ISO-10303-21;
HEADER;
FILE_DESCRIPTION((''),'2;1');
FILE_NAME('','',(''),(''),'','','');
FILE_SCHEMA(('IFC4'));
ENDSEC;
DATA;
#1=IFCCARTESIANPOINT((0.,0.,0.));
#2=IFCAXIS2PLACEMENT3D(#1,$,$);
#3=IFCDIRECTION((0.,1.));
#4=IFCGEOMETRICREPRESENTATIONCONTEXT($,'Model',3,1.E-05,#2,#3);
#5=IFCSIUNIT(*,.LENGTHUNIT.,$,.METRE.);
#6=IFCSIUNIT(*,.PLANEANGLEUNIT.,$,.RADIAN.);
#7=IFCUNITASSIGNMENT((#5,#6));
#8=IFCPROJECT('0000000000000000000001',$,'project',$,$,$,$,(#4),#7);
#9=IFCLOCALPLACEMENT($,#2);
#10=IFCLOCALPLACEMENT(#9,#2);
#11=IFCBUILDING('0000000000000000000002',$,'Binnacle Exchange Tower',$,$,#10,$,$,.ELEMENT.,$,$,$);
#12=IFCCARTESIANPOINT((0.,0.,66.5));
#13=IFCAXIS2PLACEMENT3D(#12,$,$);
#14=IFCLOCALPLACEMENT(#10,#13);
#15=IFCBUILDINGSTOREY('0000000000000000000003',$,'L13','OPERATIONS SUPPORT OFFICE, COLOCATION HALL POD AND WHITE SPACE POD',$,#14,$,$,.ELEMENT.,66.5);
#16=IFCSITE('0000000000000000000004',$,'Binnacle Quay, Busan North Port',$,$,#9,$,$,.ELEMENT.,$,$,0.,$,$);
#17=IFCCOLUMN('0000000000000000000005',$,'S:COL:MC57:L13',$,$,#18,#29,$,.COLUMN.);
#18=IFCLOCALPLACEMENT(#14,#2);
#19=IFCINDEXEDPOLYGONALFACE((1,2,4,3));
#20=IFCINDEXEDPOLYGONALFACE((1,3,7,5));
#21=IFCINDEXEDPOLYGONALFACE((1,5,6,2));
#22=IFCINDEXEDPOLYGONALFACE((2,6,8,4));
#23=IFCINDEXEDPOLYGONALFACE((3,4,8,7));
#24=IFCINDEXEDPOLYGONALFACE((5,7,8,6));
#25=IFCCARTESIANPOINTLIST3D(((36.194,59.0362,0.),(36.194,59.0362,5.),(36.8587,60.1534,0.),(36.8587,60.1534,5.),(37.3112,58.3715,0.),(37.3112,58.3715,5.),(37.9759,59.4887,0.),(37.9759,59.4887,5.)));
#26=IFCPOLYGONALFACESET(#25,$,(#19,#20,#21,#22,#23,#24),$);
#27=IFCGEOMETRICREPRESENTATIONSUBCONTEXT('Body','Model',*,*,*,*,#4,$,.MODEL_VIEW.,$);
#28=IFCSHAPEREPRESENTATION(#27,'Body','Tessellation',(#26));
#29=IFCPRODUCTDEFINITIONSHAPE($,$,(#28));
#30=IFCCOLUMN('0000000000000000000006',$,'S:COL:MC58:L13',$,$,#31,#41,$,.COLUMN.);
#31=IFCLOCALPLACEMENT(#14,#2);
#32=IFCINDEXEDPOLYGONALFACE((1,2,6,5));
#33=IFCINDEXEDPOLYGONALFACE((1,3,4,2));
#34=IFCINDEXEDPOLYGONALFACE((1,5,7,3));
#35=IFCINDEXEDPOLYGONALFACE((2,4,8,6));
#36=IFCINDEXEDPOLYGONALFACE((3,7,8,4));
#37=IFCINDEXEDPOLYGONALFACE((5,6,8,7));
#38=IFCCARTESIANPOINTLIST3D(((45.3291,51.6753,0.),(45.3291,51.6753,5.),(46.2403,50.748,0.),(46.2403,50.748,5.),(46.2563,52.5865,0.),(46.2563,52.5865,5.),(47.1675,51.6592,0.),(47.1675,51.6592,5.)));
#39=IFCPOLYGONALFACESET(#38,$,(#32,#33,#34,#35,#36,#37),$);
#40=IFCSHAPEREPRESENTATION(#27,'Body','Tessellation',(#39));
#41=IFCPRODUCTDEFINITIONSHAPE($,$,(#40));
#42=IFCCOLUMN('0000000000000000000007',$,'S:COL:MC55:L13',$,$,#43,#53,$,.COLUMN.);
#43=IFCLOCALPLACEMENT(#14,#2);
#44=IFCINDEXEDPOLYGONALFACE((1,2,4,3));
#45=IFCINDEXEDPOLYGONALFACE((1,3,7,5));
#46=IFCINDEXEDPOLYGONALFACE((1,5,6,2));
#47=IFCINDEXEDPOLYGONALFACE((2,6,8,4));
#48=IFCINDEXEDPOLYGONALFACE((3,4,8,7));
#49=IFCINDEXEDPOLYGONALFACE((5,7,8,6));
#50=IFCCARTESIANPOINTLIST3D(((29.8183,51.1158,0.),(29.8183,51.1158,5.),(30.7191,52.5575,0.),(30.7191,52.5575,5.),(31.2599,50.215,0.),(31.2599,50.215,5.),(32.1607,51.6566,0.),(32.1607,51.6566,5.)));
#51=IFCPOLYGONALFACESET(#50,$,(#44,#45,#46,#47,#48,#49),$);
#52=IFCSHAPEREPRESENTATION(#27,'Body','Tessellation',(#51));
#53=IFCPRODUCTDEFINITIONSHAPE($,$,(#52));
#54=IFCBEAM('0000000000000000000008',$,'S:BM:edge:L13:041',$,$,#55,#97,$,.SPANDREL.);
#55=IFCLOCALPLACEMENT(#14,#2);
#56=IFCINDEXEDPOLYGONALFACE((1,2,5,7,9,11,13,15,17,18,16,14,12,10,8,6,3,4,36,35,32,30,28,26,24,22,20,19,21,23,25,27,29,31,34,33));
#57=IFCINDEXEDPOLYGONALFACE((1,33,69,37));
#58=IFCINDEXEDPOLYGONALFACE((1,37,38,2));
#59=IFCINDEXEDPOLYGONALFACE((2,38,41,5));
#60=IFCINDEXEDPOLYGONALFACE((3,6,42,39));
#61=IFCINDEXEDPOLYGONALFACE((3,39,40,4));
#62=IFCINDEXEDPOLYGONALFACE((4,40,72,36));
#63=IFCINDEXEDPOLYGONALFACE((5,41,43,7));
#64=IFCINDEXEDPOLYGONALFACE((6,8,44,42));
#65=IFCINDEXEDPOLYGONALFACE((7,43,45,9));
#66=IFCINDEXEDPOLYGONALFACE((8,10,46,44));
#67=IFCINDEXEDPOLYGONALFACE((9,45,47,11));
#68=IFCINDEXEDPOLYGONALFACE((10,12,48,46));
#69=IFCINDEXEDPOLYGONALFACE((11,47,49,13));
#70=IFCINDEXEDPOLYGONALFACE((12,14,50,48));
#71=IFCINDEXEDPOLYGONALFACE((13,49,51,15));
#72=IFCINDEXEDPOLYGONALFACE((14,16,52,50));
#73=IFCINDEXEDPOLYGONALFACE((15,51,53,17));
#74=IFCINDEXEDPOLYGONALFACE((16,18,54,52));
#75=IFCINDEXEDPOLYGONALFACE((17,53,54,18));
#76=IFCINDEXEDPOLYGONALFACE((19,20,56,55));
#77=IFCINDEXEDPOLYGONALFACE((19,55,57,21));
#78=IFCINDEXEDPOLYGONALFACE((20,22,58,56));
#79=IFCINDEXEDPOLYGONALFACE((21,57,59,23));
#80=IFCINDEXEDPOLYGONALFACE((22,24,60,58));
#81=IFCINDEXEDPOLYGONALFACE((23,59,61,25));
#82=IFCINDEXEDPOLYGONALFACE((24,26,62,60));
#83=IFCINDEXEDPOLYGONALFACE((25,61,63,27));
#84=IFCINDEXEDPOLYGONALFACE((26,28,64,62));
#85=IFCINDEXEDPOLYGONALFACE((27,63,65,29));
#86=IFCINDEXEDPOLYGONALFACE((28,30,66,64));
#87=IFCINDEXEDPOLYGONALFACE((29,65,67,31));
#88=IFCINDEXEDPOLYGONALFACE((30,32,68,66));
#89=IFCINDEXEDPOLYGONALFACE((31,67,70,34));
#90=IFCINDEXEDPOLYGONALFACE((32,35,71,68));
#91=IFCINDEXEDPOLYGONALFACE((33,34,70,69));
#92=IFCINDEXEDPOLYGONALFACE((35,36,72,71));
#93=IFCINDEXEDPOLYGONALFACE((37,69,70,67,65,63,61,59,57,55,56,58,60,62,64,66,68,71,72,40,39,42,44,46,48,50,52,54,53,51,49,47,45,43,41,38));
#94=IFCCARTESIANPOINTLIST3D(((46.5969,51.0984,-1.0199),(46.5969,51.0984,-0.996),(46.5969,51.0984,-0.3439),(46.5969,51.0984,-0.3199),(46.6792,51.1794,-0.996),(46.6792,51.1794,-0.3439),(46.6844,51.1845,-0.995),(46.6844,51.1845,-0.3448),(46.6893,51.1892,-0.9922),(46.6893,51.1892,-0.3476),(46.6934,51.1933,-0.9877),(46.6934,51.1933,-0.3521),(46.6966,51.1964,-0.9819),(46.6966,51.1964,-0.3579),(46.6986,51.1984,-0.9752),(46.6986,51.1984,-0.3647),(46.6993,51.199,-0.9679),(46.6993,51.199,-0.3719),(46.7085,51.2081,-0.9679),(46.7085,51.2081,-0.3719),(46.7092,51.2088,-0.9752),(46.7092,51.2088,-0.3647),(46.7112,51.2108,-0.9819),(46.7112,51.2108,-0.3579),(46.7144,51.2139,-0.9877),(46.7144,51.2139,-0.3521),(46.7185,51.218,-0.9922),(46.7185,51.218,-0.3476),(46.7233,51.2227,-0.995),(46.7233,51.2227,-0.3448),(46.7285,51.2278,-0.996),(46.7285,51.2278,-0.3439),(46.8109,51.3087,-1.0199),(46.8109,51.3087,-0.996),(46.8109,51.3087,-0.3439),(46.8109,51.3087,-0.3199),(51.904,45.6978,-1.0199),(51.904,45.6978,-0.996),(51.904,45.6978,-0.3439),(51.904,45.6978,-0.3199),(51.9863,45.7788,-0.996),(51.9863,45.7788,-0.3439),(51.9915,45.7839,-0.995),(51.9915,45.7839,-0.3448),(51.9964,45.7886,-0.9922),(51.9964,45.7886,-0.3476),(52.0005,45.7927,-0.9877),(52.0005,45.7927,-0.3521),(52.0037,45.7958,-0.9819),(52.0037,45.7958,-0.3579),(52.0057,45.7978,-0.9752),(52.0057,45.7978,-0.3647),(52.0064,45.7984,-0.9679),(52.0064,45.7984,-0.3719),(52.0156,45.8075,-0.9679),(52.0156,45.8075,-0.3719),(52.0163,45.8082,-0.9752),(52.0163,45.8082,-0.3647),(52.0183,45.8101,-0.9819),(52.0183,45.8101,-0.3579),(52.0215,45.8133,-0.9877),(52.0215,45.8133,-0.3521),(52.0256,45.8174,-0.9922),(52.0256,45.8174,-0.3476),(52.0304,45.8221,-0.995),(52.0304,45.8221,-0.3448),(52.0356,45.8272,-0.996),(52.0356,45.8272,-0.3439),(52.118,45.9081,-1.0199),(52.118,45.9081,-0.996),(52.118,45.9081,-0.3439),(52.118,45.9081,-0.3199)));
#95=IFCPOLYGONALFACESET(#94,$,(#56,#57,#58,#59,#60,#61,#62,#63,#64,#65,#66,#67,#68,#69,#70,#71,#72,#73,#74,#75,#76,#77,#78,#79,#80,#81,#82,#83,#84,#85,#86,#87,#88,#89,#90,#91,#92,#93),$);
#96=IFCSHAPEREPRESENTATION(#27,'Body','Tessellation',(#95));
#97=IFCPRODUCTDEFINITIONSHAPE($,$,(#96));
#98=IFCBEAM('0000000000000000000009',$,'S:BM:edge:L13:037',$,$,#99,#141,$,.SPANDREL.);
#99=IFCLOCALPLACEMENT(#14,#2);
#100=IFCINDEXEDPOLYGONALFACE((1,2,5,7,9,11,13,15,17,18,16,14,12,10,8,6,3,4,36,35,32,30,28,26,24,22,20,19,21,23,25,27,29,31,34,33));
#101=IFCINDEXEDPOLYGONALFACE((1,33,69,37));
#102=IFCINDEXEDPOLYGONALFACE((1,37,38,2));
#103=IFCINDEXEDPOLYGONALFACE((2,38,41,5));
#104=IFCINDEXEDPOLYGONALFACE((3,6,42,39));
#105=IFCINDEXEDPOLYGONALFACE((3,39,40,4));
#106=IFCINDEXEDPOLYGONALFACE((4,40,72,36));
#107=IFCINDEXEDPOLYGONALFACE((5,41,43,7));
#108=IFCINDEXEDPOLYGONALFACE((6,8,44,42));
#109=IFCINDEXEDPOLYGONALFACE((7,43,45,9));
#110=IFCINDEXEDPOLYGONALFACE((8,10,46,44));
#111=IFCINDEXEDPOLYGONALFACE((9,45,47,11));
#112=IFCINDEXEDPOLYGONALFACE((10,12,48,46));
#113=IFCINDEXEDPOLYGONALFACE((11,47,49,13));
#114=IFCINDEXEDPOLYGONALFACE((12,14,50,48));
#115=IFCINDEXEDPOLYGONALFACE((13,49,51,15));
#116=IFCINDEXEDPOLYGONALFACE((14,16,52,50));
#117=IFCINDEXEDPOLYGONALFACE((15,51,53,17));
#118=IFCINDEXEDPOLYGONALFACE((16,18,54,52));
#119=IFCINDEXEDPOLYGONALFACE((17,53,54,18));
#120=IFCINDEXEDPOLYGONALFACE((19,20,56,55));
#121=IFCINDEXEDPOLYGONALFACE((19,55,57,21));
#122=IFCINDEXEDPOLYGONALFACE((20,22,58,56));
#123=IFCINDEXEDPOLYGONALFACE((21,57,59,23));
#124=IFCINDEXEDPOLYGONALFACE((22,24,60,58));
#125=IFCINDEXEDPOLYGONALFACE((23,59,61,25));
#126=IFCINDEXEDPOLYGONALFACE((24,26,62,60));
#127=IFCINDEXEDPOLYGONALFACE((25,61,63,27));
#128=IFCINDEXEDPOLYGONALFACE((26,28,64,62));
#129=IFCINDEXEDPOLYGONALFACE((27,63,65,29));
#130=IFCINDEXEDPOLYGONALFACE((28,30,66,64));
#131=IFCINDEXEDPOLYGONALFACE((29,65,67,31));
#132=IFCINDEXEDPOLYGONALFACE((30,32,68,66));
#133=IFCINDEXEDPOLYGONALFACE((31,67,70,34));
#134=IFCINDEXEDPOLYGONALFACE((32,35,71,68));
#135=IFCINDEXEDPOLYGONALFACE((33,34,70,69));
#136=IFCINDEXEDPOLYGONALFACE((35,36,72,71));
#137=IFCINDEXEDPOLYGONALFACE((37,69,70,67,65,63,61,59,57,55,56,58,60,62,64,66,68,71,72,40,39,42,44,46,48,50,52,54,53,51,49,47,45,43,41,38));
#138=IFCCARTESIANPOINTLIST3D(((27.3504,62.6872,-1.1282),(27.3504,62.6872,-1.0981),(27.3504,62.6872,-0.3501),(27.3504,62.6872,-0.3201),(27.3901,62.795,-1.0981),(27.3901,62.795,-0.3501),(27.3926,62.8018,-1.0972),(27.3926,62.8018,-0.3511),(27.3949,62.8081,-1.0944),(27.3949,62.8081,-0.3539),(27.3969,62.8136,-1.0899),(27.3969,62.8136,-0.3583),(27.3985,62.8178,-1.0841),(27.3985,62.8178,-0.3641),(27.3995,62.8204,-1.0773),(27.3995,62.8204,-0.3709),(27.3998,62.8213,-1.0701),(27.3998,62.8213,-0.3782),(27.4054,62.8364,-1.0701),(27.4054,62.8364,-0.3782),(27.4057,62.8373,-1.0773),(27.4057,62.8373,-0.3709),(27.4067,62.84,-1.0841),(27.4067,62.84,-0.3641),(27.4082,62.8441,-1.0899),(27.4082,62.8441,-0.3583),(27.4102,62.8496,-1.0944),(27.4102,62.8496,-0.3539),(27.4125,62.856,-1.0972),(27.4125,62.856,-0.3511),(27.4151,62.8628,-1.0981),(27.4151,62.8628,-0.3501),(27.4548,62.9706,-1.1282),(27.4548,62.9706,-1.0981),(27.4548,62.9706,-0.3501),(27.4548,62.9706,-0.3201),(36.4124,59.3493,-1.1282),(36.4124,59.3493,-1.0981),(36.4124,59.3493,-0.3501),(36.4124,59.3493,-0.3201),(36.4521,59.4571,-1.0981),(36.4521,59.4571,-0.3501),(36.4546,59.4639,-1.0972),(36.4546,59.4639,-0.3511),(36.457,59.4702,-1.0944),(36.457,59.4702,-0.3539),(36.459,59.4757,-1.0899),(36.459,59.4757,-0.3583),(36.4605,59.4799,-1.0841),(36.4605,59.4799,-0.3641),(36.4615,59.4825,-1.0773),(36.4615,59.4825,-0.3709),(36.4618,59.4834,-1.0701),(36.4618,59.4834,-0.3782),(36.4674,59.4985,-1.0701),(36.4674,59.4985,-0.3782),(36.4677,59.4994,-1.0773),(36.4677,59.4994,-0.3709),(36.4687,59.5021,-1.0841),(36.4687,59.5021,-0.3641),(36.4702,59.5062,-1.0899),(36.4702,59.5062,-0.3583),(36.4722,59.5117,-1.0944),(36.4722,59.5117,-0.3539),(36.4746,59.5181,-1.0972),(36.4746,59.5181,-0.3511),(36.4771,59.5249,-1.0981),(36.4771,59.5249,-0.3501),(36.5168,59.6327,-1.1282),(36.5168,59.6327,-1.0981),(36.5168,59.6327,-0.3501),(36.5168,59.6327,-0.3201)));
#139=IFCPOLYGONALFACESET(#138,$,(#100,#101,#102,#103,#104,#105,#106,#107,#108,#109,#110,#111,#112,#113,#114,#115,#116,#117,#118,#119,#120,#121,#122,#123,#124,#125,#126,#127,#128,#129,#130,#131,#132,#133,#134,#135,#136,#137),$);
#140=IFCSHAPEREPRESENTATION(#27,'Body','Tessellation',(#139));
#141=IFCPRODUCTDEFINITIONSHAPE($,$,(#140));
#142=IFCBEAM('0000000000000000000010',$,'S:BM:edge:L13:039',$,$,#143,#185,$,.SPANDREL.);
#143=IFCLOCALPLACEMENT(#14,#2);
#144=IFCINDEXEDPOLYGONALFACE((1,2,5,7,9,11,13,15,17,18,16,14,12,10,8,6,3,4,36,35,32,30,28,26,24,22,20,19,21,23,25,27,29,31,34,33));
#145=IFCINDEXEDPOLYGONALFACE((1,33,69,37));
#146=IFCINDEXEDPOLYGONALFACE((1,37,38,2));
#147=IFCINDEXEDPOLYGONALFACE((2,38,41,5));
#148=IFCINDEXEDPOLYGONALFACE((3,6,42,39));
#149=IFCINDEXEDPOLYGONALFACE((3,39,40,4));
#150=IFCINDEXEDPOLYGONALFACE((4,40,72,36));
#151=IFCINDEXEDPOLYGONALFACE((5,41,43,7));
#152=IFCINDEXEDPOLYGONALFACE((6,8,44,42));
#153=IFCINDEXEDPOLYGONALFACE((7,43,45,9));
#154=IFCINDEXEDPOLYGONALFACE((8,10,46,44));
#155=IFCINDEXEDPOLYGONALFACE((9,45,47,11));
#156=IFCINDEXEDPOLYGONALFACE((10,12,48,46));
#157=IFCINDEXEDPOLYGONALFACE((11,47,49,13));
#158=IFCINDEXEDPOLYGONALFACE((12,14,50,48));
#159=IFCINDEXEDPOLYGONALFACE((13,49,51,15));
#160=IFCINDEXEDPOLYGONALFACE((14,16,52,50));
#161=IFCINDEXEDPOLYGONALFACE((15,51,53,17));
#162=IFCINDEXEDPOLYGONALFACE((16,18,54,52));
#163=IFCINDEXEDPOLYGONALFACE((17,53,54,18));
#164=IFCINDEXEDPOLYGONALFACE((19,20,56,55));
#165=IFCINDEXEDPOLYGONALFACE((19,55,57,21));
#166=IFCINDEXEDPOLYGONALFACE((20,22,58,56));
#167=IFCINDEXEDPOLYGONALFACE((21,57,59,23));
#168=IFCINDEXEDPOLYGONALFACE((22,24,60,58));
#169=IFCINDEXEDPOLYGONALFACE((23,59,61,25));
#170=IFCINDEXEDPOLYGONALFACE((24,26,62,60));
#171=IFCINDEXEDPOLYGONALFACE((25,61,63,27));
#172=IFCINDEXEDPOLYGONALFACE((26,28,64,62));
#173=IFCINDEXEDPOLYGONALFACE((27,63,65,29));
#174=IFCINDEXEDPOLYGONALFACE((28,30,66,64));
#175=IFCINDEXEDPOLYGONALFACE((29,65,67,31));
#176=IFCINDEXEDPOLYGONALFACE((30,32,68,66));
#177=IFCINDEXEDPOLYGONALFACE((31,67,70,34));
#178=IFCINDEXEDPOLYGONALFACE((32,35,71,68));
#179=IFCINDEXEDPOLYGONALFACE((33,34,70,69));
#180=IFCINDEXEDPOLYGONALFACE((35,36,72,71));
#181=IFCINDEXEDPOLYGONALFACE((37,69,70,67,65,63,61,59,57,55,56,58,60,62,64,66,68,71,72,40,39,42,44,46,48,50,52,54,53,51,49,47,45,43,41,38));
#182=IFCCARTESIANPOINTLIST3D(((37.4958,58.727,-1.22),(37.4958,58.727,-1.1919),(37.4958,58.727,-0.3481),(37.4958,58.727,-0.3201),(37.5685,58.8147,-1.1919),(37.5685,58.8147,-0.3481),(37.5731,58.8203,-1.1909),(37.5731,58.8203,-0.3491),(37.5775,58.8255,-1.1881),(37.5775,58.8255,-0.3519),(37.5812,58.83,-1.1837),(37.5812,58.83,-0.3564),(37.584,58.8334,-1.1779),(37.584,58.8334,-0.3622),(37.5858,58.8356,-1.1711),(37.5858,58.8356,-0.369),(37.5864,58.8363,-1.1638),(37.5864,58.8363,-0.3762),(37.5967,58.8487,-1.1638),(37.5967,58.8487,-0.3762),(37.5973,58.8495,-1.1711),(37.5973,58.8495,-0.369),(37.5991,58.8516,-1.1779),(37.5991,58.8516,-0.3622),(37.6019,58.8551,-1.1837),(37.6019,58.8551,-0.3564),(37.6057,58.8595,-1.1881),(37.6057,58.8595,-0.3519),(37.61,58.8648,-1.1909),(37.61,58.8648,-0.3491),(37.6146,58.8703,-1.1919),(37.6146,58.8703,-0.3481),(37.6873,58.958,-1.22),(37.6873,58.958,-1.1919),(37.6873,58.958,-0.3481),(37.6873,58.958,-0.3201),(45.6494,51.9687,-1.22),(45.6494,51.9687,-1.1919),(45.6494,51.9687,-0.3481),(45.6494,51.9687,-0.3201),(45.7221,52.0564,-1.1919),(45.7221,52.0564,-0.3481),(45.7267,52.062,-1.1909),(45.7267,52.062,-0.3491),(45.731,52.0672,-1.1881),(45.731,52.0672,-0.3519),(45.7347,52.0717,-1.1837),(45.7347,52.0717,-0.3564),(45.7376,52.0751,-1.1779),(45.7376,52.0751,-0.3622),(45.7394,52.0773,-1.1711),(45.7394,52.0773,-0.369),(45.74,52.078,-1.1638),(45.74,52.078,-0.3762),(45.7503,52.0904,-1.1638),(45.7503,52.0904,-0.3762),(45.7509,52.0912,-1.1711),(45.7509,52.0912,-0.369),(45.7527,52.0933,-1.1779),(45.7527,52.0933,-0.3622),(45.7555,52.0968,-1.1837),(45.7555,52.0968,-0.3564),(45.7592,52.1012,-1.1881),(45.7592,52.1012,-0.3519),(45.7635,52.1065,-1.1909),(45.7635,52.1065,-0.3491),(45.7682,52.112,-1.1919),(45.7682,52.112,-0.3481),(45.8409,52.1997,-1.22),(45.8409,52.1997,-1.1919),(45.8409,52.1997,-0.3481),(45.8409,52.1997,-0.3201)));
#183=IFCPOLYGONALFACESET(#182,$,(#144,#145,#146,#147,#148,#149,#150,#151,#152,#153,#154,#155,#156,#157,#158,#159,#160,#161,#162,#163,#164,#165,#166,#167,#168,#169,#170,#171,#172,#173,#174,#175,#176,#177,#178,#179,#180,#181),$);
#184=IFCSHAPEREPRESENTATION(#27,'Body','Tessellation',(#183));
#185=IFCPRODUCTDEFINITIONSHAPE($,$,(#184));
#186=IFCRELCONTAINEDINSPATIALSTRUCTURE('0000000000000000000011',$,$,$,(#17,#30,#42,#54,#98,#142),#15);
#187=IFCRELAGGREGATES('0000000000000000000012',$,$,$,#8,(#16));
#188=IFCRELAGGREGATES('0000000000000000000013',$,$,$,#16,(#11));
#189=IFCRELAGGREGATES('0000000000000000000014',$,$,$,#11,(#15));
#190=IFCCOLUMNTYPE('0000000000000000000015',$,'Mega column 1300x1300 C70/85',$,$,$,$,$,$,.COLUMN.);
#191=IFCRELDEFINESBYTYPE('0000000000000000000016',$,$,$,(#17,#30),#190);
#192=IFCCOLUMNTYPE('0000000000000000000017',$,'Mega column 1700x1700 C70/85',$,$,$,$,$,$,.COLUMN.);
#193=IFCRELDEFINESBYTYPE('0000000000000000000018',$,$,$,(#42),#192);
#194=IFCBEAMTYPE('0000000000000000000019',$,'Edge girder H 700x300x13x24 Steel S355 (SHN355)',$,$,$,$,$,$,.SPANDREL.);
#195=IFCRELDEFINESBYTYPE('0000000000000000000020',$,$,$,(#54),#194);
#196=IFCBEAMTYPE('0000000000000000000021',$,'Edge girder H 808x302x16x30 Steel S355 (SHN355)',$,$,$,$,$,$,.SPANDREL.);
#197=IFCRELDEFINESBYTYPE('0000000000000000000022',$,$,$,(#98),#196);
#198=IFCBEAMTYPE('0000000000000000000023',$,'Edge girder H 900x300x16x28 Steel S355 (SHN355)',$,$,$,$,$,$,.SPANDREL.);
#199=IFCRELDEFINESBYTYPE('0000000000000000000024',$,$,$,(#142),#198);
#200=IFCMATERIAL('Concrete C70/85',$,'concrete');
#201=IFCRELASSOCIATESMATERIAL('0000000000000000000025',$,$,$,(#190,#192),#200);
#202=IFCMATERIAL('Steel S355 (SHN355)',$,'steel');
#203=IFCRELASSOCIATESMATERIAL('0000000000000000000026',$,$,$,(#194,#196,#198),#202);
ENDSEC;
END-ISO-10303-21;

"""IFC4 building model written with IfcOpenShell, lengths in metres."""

from ifc_helpers import new_model, si_unit, direction, frame, origin, origin_2d, place, context, subcontext, project, spatial, rectangle, i_section, extrude, material, material_profile, profile_set, type_object, element, save


model = new_model("IFC4")

# Units and contexts
model_context = context("Model", 3, precision=1e-05, world=origin(), true_north=direction((0.0, 1.0)))
body_context = subcontext(model_context, "Body", "Model", "MODEL_VIEW")
ifc_project = project(units=[si_unit("LENGTHUNIT", "METRE"), si_unit("PLANEANGLEUNIT", "RADIAN")], contexts=[model_context])

# Site, building, storey
site_placement = place(None, origin())
site = spatial("IfcSite", under=ifc_project, at=site_placement, Name="Binnacle Quay, Busan North Port", CompositionType="ELEMENT", RefElevation=0.0)
building_placement = place(site_placement, origin())
building = spatial("IfcBuilding", under=site, at=building_placement, Name="Binnacle Exchange Tower", CompositionType="ELEMENT")
storey_placement = place(building_placement, frame((0.0, 0.0, 66.5)))
storey = spatial("IfcBuildingStorey", under=building, at=storey_placement, Name="L13", Description="OPERATIONS SUPPORT OFFICE, COLOCATION HALL POD AND WHITE SPACE POD", CompositionType="ELEMENT", Elevation=66.5)

# Columns
ifc_material_1 = material(Name="Concrete C70/85", Category="concrete")
ifc_material_profile_1 = material_profile(ifc_material_1, rectangle(XDim=1.3, YDim=1.3, at=origin_2d()), Name="Mega column 1300x1300 C70/85")
ifc_profile_set_1 = profile_set([ifc_material_profile_1], Name="Concrete C70/85")
column_type_1 = type_object("IfcColumnType", Name="Mega column 1300x1300 C70/85", PredefinedType="COLUMN", material=ifc_profile_set_1)
for number, where, z_axis, x_axis, name in (
    (1, (37.085, 59.2625, 0.0), (0.0, 0.0, 1.0), (-0.859406, 0.511293, 0.0), "S:COL:MC57:L13"),
    (2, (46.2483, 51.6672, 0.0), (0.0, 0.0, 1.0), (-0.700909, 0.71325, 0.0), "S:COL:MC58:L13"),
):
    element("IfcColumn", number, at=place(storey_placement, frame(where, z_axis=z_axis, x_axis=x_axis)), inside=storey, type_object=column_type_1, Name=name, PredefinedType="COLUMN", context=body_context, shape_type="SweptSolid", body=[
        extrude(rectangle(XDim=1.3, YDim=1.3, at=origin_2d()), origin(), (0.0, 0.0, 1.0), 5.0),
    ])
ifc_material_profile_2 = material_profile(ifc_material_1, rectangle(XDim=1.7, YDim=1.7, at=origin_2d()), Name="Mega column 1700x1700 C70/85")
ifc_profile_set_2 = profile_set([ifc_material_profile_2], Name="Concrete C70/85")
column_type_2 = type_object("IfcColumnType", Name="Mega column 1700x1700 C70/85", PredefinedType="COLUMN", material=ifc_profile_set_2)
column_placement = place(storey_placement, frame((30.9895, 51.3862, 0.0), z_axis=(0.0, 0.0, 1.0), x_axis=(0.529919, 0.848048, 0.0)))
element("IfcColumn", 3, at=column_placement, inside=storey, type_object=column_type_2, Name="S:COL:MC55:L13", PredefinedType="COLUMN", context=body_context, shape_type="SweptSolid", body=[
    extrude(rectangle(XDim=1.7, YDim=1.7, at=origin_2d()), origin(), (0.0, 0.0, 1.0), 5.0),
])

# Beams
ifc_material_2 = material(Name="Steel S355 (SHN355)", Category="steel")
ifc_material_profile_3 = material_profile(ifc_material_2, i_section(OverallWidth=0.3, OverallDepth=0.7, WebThickness=0.0129, FlangeThickness=0.0239, FilletRadius=0.0281, at=origin_2d()), Name="H 700x300x13x24")
ifc_profile_set_3 = profile_set([ifc_material_profile_3], Name="Steel S355 (SHN355)")
beam_type_1 = type_object("IfcBeamType", Name="Edge girder H 700x300x13x24 Steel S355 (SHN355)", PredefinedType="SPANDREL", material=ifc_profile_set_3)
beam_1_placement = place(storey_placement, frame((52.011, 45.803, -0.6699), z_axis=(-0.700905, 0.713254, 0.0), x_axis=(-0.713254, -0.700905, 0.0)))
element("IfcBeam", 4, at=beam_1_placement, inside=storey, type_object=beam_type_1, Name="S:BM:edge:L13:041", PredefinedType="SPANDREL", context=body_context, shape_type="SweptSolid", body=[
    extrude(i_section(OverallWidth=0.3, OverallDepth=0.7, WebThickness=0.0129, FlangeThickness=0.0239, FilletRadius=0.0281, at=origin_2d()), origin(), (0.0, 0.0, 1.0), 7.5718),
])
ifc_material_profile_4 = material_profile(ifc_material_2, i_section(OverallWidth=0.302, OverallDepth=0.8081, WebThickness=0.0161, FlangeThickness=0.03, FilletRadius=0.0281, at=origin_2d()), Name="H 808x302x16x30")
ifc_profile_set_4 = profile_set([ifc_material_profile_4], Name="Steel S355 (SHN355)")
beam_type_2 = type_object("IfcBeamType", Name="Edge girder H 808x302x16x30 Steel S355 (SHN355)", PredefinedType="SPANDREL", material=ifc_profile_set_4)
beam_2_placement = place(storey_placement, frame((36.4646, 59.491, -0.7241), z_axis=(-0.938368, 0.345637, 0.0), x_axis=(-0.345637, -0.938368, 0.0)))
element("IfcBeam", 5, at=beam_2_placement, inside=storey, type_object=beam_type_2, Name="S:BM:edge:L13:037", PredefinedType="SPANDREL", context=body_context, shape_type="SweptSolid", body=[
    extrude(i_section(OverallWidth=0.302, OverallDepth=0.8081, WebThickness=0.0161, FlangeThickness=0.03, FilletRadius=0.0281, at=origin_2d()), origin(), (0.0, 0.0, 1.0), 9.6572),
])
ifc_material_profile_5 = material_profile(ifc_material_2, i_section(OverallWidth=0.3, OverallDepth=0.8999, WebThickness=0.0161, FlangeThickness=0.0281, FilletRadius=0.0281, at=origin_2d()), Name="H 900x300x16x28")
ifc_profile_set_5 = profile_set([ifc_material_profile_5], Name="Steel S355 (SHN355)")
beam_type_3 = type_object("IfcBeamType", Name="Edge girder H 900x300x16x28 Steel S355 (SHN355)", PredefinedType="SPANDREL", material=ifc_profile_set_5)
beam_3_placement = place(storey_placement, frame((45.7451, 52.0842, -0.77), z_axis=(-0.769906, 0.638157, 0.0), x_axis=(-0.638157, -0.769906, 0.0)))
element("IfcBeam", 6, at=beam_3_placement, inside=storey, type_object=beam_type_3, Name="S:BM:edge:L13:039", PredefinedType="SPANDREL", context=body_context, shape_type="SweptSolid", body=[
    extrude(i_section(OverallWidth=0.3, OverallDepth=0.8999, WebThickness=0.0161, FlangeThickness=0.0281, FilletRadius=0.0281, at=origin_2d()), origin(), (0.0, 0.0, 1.0), 10.5903),
])

save(model, "model.ifc")
